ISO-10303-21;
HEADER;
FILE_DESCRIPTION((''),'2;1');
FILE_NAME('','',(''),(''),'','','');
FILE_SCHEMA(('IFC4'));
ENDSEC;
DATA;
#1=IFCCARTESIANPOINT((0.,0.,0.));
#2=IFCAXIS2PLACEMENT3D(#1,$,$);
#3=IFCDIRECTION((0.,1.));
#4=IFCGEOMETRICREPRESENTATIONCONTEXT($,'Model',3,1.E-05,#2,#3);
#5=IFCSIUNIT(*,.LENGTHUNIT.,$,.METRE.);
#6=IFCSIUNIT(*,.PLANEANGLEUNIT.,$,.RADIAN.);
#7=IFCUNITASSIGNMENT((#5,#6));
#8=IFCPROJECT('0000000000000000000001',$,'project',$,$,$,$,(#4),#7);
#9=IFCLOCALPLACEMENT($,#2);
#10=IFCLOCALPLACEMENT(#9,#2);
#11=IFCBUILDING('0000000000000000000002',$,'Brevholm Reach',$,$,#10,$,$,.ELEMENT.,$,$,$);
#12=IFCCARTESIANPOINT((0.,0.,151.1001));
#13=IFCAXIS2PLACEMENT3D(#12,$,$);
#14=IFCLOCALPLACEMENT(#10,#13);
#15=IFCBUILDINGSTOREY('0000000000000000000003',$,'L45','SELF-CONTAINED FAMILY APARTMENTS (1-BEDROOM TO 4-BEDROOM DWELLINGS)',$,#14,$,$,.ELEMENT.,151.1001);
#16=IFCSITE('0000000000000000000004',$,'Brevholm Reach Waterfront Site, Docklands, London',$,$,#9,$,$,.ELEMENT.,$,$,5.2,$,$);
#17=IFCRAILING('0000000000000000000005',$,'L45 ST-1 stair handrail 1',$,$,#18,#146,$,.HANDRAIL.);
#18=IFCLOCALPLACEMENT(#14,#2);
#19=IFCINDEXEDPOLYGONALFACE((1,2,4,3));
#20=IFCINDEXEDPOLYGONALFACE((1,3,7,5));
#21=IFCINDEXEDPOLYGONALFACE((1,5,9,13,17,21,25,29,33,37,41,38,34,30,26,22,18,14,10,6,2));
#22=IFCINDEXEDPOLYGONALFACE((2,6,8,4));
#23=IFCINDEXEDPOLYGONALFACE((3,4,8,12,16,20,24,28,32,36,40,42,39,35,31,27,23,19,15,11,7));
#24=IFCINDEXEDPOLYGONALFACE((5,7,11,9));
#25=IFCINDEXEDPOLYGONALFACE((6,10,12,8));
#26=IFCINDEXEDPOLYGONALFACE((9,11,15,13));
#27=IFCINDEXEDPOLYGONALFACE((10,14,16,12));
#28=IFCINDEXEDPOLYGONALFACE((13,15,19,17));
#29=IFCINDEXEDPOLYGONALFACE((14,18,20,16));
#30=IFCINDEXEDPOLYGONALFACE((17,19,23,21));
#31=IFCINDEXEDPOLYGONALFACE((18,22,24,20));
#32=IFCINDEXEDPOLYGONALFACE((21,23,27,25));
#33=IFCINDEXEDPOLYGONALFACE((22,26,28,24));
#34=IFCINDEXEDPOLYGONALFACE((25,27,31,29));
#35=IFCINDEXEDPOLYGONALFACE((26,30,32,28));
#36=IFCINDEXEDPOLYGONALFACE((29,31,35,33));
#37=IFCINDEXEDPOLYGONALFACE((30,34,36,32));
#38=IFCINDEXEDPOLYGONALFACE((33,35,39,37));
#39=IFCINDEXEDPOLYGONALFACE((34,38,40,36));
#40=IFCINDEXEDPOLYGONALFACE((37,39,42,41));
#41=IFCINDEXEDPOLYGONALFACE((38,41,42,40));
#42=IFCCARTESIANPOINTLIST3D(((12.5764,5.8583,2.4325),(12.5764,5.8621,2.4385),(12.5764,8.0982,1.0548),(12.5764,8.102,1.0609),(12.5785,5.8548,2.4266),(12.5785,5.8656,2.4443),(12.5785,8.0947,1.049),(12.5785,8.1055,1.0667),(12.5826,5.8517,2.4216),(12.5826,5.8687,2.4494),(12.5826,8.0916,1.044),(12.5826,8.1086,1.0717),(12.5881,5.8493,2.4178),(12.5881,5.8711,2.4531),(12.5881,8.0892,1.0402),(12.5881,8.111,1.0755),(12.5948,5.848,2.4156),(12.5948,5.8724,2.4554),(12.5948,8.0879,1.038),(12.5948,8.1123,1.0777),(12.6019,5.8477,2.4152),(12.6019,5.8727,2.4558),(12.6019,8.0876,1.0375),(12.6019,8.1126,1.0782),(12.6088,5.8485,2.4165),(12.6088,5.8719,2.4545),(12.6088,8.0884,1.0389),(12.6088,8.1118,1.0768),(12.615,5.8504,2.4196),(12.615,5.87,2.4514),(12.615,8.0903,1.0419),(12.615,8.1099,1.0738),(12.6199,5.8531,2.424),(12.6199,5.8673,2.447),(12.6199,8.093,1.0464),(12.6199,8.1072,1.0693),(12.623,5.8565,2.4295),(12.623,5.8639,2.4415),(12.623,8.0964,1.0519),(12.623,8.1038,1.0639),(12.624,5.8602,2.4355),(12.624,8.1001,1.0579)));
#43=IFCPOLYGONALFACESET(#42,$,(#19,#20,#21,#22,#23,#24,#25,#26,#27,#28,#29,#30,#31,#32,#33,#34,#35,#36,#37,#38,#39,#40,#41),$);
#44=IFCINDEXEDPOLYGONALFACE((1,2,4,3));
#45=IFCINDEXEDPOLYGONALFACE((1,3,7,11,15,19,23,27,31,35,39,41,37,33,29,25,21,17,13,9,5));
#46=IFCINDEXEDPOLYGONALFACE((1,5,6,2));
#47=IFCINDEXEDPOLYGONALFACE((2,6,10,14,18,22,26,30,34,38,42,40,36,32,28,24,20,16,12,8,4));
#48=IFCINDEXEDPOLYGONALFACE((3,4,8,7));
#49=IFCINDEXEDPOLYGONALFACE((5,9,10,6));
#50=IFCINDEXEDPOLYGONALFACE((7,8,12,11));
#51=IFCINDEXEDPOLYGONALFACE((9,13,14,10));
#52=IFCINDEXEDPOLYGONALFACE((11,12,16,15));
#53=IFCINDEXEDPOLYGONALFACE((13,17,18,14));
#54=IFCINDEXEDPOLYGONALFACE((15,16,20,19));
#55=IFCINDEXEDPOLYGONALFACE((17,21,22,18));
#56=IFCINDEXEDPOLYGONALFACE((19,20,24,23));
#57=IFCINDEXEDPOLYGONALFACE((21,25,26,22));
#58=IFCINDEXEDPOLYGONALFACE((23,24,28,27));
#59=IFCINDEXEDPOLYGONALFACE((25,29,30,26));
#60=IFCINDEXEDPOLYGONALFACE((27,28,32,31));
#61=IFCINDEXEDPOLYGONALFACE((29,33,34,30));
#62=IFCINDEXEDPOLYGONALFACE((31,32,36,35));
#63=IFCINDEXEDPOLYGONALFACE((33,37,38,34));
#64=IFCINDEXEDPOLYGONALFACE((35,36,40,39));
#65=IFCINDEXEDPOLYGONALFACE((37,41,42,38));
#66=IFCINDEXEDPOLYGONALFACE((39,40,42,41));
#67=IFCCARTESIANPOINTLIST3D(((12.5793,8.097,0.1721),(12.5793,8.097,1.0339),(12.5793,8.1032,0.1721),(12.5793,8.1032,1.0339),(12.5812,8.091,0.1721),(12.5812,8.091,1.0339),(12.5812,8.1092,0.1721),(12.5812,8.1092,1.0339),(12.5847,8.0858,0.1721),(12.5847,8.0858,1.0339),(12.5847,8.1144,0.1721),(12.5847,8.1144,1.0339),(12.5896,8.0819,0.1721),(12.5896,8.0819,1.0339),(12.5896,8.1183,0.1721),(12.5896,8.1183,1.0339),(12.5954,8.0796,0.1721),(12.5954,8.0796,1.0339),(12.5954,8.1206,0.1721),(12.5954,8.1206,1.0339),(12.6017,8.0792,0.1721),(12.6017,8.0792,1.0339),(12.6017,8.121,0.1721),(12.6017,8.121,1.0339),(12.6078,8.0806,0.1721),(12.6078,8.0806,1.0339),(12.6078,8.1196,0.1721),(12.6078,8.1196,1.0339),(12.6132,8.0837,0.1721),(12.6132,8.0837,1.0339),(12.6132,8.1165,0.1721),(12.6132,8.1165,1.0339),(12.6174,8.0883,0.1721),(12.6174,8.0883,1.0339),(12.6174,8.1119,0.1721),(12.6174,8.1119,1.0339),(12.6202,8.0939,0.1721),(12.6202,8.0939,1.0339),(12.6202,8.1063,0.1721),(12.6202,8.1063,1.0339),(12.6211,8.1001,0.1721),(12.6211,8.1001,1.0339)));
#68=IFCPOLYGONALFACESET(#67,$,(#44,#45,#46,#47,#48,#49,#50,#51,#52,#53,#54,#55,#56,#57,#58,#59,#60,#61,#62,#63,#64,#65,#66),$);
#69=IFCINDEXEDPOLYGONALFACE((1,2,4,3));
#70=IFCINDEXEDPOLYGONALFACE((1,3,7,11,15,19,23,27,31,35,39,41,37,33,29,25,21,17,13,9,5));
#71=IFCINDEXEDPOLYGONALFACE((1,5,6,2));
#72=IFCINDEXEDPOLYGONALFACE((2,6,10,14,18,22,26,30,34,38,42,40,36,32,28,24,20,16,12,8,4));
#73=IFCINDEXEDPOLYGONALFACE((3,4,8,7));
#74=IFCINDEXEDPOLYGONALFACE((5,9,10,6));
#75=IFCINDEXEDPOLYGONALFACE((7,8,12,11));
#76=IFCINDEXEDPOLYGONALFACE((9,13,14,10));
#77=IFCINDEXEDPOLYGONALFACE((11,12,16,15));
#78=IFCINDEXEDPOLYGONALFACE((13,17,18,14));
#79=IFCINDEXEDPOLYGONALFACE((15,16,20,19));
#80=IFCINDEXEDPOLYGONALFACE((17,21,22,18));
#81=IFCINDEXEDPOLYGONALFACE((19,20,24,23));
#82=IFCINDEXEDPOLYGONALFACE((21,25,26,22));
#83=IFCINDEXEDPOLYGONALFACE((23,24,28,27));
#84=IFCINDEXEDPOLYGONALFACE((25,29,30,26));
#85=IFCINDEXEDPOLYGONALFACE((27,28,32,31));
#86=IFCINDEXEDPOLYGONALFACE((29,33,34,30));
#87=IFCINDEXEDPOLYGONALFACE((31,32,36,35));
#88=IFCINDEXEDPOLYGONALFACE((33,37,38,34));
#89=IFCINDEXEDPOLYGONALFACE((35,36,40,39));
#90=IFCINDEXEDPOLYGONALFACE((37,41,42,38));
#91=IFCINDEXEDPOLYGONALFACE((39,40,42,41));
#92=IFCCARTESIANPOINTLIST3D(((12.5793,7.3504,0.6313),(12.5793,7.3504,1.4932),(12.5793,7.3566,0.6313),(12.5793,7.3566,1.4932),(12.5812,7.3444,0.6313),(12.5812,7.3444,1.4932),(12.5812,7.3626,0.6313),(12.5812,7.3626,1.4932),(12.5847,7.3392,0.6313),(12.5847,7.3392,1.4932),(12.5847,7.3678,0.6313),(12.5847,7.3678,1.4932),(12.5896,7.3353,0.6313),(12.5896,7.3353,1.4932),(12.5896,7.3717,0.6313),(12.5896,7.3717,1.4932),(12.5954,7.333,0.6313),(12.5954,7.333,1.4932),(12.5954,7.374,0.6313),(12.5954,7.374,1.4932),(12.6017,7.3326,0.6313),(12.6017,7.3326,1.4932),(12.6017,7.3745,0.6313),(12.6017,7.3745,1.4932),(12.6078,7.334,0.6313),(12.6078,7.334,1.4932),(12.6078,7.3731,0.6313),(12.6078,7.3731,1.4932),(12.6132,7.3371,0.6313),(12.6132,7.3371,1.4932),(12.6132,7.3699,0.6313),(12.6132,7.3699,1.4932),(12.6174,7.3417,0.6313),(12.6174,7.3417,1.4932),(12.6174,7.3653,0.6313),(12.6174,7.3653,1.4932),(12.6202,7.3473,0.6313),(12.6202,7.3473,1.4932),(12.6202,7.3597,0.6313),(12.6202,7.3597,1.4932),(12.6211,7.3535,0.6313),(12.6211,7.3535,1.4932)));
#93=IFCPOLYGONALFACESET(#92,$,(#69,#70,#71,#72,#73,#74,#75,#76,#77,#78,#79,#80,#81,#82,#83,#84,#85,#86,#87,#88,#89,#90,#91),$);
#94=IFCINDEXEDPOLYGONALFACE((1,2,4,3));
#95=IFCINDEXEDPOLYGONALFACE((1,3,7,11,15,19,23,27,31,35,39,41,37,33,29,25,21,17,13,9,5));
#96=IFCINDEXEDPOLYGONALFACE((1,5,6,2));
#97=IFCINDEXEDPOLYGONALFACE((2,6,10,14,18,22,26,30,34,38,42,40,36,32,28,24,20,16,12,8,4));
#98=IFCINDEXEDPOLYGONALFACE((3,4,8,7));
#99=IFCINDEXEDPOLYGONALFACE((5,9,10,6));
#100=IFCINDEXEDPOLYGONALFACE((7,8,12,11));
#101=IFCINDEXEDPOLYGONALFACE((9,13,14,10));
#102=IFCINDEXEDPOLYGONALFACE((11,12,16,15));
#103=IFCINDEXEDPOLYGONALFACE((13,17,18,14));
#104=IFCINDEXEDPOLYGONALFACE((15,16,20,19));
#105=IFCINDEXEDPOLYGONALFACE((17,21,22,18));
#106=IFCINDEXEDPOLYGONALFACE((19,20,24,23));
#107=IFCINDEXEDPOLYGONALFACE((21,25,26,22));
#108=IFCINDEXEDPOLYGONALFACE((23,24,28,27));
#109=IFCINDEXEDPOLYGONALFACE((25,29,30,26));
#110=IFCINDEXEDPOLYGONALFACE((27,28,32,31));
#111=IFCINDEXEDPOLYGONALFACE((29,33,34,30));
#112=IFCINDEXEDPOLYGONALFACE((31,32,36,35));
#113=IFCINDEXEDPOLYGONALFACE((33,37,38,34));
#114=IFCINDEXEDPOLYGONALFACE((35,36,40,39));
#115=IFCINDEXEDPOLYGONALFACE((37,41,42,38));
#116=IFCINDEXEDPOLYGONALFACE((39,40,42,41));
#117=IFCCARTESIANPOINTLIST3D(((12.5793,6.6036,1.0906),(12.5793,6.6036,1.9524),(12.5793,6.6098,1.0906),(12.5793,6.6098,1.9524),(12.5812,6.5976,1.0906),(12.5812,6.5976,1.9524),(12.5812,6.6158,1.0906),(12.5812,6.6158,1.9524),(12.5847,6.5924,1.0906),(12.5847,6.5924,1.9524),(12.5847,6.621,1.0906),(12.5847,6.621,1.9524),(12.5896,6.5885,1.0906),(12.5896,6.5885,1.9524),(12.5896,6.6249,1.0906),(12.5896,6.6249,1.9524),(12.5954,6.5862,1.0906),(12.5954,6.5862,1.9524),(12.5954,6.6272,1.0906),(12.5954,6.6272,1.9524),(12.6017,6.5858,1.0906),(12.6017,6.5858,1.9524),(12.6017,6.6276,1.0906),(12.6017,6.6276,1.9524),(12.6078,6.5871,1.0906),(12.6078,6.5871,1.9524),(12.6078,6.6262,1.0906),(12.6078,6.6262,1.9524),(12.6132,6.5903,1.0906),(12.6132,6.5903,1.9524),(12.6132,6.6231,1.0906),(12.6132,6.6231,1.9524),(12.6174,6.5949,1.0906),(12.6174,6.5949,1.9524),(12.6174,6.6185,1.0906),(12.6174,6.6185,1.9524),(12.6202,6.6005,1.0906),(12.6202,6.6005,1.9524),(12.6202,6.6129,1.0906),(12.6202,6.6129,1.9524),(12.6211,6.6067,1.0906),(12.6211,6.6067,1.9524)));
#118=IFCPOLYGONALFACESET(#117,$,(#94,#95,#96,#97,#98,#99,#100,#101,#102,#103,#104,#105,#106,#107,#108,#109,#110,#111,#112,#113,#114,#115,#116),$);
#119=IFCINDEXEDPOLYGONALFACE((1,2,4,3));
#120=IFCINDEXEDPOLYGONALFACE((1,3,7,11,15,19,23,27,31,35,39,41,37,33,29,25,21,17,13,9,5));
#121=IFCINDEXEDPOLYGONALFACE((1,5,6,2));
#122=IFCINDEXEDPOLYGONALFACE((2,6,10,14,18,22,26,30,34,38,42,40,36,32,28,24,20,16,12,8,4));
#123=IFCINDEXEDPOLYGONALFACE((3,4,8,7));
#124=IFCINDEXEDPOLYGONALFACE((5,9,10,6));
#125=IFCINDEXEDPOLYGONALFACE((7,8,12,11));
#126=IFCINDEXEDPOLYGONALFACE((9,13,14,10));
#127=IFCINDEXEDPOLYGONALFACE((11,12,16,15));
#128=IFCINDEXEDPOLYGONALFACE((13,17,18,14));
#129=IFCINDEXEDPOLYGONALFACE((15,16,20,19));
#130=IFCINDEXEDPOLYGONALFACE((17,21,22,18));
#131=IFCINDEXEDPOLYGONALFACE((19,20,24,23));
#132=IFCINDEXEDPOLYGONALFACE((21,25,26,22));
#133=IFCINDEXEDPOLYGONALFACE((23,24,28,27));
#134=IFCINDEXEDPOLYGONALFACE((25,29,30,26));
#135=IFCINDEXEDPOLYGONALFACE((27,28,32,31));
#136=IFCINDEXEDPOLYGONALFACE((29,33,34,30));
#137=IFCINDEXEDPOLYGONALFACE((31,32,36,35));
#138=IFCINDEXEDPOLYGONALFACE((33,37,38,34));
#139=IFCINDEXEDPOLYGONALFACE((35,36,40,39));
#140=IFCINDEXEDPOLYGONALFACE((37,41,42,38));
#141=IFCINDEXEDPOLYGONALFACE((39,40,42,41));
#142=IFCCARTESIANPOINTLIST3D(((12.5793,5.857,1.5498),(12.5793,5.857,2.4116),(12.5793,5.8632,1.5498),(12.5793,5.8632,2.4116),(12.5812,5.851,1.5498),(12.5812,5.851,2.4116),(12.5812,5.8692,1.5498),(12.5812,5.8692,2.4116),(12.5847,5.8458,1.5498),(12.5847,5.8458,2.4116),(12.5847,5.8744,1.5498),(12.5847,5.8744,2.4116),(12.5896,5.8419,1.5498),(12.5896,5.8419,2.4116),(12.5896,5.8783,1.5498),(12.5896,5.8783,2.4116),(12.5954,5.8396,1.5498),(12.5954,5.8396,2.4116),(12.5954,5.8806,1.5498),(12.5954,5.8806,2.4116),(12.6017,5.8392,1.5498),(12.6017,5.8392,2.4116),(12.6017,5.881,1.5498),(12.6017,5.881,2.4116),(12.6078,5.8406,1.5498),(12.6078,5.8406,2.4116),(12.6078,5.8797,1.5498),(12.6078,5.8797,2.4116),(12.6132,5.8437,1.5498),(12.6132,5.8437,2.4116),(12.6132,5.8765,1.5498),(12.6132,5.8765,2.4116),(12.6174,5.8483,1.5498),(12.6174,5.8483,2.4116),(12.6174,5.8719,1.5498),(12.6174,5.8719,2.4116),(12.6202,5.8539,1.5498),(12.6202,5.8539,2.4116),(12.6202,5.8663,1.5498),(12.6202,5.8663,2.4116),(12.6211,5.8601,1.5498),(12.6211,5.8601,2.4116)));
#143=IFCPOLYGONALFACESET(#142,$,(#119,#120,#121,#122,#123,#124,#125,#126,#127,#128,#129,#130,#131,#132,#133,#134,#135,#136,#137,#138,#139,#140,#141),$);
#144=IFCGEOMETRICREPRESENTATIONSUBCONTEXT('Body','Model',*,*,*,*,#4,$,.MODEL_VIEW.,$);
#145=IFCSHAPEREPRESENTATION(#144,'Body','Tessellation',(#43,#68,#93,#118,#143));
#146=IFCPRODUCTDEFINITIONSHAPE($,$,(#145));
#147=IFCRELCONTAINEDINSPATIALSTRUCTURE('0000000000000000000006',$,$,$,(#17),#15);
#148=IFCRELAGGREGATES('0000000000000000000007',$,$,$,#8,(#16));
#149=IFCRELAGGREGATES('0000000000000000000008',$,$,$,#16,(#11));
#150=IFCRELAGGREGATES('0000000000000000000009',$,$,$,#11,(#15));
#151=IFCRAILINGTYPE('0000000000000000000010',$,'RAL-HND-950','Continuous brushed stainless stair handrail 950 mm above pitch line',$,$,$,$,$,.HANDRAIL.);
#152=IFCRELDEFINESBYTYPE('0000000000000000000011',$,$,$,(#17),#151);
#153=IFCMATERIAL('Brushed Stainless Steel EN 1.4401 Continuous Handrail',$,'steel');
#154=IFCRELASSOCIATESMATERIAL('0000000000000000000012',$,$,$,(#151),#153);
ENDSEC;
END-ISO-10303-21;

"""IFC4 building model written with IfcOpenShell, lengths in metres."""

from ifc_helpers import new_model, si_unit, direction, frame, origin, origin_2d, place, context, subcontext, project, spatial, circle, extrude, material, type_object, element, save


model = new_model("IFC4")

# Units and contexts
model_context = context("Model", 3, precision=1e-05, world=origin(), true_north=direction((0.0, 1.0)))
body_context = subcontext(model_context, "Body", "Model", "MODEL_VIEW")
ifc_project = project(units=[si_unit("LENGTHUNIT", "METRE"), si_unit("PLANEANGLEUNIT", "RADIAN")], contexts=[model_context])

# Site, building, storey
site_placement = place(None, origin())
site = spatial("IfcSite", under=ifc_project, at=site_placement, Name="Brevholm Reach Waterfront Site, Docklands, London", CompositionType="ELEMENT", RefElevation=5.2)
building_placement = place(site_placement, origin())
building = spatial("IfcBuilding", under=site, at=building_placement, Name="Brevholm Reach", CompositionType="ELEMENT")
storey_placement = place(building_placement, frame((0.0, 0.0, 151.1001)))
storey = spatial("IfcBuildingStorey", under=building, at=storey_placement, Name="L45", Description="SELF-CONTAINED FAMILY APARTMENTS (1-BEDROOM TO 4-BEDROOM DWELLINGS)", CompositionType="ELEMENT", Elevation=151.1001)

# Railing
ifc_material_1 = material(Name="Brushed Stainless Steel EN 1.4401 Continuous Handrail", Category="steel")
railing_type_1 = type_object("IfcRailingType", Name="RAL-HND-950", Description="Continuous brushed stainless stair handrail 950 mm above pitch line", PredefinedType="HANDRAIL", material=ifc_material_1)
railing_1_placement = place(storey_placement, frame((12.6001, 8.1001, 0.1721)))
element("IfcRailing", 1, at=railing_1_placement, inside=storey, type_object=railing_type_1, Name="L45 ST-1 stair handrail 1", PredefinedType="HANDRAIL", context=body_context, shape_type="SweptSolid", body=[
    extrude(circle(Radius=0.0239, at=origin_2d()), frame((0.0, 0.0, 0.8857), z_axis=(0.0, -0.851789, 0.523885), x_axis=(1.0, 0.0, 0.0)), (0.0, 0.0, 1.0), 2.6296),
    extrude(circle(Radius=0.021, at=origin_2d()), origin(), (0.0, 0.0, 1.0), 0.8618),
    extrude(circle(Radius=0.021, at=origin_2d()), frame((0.0, -0.7466, 0.4592)), (0.0, 0.0, 1.0), 0.8618),
    extrude(circle(Radius=0.021, at=origin_2d()), frame((0.0, -1.4934, 0.9185)), (0.0, 0.0, 1.0), 0.8618),
    extrude(circle(Radius=0.021, at=origin_2d()), frame((0.0, -2.24, 1.3777)), (0.0, 0.0, 1.0), 0.8618),
])

save(model, "model.ifc")
